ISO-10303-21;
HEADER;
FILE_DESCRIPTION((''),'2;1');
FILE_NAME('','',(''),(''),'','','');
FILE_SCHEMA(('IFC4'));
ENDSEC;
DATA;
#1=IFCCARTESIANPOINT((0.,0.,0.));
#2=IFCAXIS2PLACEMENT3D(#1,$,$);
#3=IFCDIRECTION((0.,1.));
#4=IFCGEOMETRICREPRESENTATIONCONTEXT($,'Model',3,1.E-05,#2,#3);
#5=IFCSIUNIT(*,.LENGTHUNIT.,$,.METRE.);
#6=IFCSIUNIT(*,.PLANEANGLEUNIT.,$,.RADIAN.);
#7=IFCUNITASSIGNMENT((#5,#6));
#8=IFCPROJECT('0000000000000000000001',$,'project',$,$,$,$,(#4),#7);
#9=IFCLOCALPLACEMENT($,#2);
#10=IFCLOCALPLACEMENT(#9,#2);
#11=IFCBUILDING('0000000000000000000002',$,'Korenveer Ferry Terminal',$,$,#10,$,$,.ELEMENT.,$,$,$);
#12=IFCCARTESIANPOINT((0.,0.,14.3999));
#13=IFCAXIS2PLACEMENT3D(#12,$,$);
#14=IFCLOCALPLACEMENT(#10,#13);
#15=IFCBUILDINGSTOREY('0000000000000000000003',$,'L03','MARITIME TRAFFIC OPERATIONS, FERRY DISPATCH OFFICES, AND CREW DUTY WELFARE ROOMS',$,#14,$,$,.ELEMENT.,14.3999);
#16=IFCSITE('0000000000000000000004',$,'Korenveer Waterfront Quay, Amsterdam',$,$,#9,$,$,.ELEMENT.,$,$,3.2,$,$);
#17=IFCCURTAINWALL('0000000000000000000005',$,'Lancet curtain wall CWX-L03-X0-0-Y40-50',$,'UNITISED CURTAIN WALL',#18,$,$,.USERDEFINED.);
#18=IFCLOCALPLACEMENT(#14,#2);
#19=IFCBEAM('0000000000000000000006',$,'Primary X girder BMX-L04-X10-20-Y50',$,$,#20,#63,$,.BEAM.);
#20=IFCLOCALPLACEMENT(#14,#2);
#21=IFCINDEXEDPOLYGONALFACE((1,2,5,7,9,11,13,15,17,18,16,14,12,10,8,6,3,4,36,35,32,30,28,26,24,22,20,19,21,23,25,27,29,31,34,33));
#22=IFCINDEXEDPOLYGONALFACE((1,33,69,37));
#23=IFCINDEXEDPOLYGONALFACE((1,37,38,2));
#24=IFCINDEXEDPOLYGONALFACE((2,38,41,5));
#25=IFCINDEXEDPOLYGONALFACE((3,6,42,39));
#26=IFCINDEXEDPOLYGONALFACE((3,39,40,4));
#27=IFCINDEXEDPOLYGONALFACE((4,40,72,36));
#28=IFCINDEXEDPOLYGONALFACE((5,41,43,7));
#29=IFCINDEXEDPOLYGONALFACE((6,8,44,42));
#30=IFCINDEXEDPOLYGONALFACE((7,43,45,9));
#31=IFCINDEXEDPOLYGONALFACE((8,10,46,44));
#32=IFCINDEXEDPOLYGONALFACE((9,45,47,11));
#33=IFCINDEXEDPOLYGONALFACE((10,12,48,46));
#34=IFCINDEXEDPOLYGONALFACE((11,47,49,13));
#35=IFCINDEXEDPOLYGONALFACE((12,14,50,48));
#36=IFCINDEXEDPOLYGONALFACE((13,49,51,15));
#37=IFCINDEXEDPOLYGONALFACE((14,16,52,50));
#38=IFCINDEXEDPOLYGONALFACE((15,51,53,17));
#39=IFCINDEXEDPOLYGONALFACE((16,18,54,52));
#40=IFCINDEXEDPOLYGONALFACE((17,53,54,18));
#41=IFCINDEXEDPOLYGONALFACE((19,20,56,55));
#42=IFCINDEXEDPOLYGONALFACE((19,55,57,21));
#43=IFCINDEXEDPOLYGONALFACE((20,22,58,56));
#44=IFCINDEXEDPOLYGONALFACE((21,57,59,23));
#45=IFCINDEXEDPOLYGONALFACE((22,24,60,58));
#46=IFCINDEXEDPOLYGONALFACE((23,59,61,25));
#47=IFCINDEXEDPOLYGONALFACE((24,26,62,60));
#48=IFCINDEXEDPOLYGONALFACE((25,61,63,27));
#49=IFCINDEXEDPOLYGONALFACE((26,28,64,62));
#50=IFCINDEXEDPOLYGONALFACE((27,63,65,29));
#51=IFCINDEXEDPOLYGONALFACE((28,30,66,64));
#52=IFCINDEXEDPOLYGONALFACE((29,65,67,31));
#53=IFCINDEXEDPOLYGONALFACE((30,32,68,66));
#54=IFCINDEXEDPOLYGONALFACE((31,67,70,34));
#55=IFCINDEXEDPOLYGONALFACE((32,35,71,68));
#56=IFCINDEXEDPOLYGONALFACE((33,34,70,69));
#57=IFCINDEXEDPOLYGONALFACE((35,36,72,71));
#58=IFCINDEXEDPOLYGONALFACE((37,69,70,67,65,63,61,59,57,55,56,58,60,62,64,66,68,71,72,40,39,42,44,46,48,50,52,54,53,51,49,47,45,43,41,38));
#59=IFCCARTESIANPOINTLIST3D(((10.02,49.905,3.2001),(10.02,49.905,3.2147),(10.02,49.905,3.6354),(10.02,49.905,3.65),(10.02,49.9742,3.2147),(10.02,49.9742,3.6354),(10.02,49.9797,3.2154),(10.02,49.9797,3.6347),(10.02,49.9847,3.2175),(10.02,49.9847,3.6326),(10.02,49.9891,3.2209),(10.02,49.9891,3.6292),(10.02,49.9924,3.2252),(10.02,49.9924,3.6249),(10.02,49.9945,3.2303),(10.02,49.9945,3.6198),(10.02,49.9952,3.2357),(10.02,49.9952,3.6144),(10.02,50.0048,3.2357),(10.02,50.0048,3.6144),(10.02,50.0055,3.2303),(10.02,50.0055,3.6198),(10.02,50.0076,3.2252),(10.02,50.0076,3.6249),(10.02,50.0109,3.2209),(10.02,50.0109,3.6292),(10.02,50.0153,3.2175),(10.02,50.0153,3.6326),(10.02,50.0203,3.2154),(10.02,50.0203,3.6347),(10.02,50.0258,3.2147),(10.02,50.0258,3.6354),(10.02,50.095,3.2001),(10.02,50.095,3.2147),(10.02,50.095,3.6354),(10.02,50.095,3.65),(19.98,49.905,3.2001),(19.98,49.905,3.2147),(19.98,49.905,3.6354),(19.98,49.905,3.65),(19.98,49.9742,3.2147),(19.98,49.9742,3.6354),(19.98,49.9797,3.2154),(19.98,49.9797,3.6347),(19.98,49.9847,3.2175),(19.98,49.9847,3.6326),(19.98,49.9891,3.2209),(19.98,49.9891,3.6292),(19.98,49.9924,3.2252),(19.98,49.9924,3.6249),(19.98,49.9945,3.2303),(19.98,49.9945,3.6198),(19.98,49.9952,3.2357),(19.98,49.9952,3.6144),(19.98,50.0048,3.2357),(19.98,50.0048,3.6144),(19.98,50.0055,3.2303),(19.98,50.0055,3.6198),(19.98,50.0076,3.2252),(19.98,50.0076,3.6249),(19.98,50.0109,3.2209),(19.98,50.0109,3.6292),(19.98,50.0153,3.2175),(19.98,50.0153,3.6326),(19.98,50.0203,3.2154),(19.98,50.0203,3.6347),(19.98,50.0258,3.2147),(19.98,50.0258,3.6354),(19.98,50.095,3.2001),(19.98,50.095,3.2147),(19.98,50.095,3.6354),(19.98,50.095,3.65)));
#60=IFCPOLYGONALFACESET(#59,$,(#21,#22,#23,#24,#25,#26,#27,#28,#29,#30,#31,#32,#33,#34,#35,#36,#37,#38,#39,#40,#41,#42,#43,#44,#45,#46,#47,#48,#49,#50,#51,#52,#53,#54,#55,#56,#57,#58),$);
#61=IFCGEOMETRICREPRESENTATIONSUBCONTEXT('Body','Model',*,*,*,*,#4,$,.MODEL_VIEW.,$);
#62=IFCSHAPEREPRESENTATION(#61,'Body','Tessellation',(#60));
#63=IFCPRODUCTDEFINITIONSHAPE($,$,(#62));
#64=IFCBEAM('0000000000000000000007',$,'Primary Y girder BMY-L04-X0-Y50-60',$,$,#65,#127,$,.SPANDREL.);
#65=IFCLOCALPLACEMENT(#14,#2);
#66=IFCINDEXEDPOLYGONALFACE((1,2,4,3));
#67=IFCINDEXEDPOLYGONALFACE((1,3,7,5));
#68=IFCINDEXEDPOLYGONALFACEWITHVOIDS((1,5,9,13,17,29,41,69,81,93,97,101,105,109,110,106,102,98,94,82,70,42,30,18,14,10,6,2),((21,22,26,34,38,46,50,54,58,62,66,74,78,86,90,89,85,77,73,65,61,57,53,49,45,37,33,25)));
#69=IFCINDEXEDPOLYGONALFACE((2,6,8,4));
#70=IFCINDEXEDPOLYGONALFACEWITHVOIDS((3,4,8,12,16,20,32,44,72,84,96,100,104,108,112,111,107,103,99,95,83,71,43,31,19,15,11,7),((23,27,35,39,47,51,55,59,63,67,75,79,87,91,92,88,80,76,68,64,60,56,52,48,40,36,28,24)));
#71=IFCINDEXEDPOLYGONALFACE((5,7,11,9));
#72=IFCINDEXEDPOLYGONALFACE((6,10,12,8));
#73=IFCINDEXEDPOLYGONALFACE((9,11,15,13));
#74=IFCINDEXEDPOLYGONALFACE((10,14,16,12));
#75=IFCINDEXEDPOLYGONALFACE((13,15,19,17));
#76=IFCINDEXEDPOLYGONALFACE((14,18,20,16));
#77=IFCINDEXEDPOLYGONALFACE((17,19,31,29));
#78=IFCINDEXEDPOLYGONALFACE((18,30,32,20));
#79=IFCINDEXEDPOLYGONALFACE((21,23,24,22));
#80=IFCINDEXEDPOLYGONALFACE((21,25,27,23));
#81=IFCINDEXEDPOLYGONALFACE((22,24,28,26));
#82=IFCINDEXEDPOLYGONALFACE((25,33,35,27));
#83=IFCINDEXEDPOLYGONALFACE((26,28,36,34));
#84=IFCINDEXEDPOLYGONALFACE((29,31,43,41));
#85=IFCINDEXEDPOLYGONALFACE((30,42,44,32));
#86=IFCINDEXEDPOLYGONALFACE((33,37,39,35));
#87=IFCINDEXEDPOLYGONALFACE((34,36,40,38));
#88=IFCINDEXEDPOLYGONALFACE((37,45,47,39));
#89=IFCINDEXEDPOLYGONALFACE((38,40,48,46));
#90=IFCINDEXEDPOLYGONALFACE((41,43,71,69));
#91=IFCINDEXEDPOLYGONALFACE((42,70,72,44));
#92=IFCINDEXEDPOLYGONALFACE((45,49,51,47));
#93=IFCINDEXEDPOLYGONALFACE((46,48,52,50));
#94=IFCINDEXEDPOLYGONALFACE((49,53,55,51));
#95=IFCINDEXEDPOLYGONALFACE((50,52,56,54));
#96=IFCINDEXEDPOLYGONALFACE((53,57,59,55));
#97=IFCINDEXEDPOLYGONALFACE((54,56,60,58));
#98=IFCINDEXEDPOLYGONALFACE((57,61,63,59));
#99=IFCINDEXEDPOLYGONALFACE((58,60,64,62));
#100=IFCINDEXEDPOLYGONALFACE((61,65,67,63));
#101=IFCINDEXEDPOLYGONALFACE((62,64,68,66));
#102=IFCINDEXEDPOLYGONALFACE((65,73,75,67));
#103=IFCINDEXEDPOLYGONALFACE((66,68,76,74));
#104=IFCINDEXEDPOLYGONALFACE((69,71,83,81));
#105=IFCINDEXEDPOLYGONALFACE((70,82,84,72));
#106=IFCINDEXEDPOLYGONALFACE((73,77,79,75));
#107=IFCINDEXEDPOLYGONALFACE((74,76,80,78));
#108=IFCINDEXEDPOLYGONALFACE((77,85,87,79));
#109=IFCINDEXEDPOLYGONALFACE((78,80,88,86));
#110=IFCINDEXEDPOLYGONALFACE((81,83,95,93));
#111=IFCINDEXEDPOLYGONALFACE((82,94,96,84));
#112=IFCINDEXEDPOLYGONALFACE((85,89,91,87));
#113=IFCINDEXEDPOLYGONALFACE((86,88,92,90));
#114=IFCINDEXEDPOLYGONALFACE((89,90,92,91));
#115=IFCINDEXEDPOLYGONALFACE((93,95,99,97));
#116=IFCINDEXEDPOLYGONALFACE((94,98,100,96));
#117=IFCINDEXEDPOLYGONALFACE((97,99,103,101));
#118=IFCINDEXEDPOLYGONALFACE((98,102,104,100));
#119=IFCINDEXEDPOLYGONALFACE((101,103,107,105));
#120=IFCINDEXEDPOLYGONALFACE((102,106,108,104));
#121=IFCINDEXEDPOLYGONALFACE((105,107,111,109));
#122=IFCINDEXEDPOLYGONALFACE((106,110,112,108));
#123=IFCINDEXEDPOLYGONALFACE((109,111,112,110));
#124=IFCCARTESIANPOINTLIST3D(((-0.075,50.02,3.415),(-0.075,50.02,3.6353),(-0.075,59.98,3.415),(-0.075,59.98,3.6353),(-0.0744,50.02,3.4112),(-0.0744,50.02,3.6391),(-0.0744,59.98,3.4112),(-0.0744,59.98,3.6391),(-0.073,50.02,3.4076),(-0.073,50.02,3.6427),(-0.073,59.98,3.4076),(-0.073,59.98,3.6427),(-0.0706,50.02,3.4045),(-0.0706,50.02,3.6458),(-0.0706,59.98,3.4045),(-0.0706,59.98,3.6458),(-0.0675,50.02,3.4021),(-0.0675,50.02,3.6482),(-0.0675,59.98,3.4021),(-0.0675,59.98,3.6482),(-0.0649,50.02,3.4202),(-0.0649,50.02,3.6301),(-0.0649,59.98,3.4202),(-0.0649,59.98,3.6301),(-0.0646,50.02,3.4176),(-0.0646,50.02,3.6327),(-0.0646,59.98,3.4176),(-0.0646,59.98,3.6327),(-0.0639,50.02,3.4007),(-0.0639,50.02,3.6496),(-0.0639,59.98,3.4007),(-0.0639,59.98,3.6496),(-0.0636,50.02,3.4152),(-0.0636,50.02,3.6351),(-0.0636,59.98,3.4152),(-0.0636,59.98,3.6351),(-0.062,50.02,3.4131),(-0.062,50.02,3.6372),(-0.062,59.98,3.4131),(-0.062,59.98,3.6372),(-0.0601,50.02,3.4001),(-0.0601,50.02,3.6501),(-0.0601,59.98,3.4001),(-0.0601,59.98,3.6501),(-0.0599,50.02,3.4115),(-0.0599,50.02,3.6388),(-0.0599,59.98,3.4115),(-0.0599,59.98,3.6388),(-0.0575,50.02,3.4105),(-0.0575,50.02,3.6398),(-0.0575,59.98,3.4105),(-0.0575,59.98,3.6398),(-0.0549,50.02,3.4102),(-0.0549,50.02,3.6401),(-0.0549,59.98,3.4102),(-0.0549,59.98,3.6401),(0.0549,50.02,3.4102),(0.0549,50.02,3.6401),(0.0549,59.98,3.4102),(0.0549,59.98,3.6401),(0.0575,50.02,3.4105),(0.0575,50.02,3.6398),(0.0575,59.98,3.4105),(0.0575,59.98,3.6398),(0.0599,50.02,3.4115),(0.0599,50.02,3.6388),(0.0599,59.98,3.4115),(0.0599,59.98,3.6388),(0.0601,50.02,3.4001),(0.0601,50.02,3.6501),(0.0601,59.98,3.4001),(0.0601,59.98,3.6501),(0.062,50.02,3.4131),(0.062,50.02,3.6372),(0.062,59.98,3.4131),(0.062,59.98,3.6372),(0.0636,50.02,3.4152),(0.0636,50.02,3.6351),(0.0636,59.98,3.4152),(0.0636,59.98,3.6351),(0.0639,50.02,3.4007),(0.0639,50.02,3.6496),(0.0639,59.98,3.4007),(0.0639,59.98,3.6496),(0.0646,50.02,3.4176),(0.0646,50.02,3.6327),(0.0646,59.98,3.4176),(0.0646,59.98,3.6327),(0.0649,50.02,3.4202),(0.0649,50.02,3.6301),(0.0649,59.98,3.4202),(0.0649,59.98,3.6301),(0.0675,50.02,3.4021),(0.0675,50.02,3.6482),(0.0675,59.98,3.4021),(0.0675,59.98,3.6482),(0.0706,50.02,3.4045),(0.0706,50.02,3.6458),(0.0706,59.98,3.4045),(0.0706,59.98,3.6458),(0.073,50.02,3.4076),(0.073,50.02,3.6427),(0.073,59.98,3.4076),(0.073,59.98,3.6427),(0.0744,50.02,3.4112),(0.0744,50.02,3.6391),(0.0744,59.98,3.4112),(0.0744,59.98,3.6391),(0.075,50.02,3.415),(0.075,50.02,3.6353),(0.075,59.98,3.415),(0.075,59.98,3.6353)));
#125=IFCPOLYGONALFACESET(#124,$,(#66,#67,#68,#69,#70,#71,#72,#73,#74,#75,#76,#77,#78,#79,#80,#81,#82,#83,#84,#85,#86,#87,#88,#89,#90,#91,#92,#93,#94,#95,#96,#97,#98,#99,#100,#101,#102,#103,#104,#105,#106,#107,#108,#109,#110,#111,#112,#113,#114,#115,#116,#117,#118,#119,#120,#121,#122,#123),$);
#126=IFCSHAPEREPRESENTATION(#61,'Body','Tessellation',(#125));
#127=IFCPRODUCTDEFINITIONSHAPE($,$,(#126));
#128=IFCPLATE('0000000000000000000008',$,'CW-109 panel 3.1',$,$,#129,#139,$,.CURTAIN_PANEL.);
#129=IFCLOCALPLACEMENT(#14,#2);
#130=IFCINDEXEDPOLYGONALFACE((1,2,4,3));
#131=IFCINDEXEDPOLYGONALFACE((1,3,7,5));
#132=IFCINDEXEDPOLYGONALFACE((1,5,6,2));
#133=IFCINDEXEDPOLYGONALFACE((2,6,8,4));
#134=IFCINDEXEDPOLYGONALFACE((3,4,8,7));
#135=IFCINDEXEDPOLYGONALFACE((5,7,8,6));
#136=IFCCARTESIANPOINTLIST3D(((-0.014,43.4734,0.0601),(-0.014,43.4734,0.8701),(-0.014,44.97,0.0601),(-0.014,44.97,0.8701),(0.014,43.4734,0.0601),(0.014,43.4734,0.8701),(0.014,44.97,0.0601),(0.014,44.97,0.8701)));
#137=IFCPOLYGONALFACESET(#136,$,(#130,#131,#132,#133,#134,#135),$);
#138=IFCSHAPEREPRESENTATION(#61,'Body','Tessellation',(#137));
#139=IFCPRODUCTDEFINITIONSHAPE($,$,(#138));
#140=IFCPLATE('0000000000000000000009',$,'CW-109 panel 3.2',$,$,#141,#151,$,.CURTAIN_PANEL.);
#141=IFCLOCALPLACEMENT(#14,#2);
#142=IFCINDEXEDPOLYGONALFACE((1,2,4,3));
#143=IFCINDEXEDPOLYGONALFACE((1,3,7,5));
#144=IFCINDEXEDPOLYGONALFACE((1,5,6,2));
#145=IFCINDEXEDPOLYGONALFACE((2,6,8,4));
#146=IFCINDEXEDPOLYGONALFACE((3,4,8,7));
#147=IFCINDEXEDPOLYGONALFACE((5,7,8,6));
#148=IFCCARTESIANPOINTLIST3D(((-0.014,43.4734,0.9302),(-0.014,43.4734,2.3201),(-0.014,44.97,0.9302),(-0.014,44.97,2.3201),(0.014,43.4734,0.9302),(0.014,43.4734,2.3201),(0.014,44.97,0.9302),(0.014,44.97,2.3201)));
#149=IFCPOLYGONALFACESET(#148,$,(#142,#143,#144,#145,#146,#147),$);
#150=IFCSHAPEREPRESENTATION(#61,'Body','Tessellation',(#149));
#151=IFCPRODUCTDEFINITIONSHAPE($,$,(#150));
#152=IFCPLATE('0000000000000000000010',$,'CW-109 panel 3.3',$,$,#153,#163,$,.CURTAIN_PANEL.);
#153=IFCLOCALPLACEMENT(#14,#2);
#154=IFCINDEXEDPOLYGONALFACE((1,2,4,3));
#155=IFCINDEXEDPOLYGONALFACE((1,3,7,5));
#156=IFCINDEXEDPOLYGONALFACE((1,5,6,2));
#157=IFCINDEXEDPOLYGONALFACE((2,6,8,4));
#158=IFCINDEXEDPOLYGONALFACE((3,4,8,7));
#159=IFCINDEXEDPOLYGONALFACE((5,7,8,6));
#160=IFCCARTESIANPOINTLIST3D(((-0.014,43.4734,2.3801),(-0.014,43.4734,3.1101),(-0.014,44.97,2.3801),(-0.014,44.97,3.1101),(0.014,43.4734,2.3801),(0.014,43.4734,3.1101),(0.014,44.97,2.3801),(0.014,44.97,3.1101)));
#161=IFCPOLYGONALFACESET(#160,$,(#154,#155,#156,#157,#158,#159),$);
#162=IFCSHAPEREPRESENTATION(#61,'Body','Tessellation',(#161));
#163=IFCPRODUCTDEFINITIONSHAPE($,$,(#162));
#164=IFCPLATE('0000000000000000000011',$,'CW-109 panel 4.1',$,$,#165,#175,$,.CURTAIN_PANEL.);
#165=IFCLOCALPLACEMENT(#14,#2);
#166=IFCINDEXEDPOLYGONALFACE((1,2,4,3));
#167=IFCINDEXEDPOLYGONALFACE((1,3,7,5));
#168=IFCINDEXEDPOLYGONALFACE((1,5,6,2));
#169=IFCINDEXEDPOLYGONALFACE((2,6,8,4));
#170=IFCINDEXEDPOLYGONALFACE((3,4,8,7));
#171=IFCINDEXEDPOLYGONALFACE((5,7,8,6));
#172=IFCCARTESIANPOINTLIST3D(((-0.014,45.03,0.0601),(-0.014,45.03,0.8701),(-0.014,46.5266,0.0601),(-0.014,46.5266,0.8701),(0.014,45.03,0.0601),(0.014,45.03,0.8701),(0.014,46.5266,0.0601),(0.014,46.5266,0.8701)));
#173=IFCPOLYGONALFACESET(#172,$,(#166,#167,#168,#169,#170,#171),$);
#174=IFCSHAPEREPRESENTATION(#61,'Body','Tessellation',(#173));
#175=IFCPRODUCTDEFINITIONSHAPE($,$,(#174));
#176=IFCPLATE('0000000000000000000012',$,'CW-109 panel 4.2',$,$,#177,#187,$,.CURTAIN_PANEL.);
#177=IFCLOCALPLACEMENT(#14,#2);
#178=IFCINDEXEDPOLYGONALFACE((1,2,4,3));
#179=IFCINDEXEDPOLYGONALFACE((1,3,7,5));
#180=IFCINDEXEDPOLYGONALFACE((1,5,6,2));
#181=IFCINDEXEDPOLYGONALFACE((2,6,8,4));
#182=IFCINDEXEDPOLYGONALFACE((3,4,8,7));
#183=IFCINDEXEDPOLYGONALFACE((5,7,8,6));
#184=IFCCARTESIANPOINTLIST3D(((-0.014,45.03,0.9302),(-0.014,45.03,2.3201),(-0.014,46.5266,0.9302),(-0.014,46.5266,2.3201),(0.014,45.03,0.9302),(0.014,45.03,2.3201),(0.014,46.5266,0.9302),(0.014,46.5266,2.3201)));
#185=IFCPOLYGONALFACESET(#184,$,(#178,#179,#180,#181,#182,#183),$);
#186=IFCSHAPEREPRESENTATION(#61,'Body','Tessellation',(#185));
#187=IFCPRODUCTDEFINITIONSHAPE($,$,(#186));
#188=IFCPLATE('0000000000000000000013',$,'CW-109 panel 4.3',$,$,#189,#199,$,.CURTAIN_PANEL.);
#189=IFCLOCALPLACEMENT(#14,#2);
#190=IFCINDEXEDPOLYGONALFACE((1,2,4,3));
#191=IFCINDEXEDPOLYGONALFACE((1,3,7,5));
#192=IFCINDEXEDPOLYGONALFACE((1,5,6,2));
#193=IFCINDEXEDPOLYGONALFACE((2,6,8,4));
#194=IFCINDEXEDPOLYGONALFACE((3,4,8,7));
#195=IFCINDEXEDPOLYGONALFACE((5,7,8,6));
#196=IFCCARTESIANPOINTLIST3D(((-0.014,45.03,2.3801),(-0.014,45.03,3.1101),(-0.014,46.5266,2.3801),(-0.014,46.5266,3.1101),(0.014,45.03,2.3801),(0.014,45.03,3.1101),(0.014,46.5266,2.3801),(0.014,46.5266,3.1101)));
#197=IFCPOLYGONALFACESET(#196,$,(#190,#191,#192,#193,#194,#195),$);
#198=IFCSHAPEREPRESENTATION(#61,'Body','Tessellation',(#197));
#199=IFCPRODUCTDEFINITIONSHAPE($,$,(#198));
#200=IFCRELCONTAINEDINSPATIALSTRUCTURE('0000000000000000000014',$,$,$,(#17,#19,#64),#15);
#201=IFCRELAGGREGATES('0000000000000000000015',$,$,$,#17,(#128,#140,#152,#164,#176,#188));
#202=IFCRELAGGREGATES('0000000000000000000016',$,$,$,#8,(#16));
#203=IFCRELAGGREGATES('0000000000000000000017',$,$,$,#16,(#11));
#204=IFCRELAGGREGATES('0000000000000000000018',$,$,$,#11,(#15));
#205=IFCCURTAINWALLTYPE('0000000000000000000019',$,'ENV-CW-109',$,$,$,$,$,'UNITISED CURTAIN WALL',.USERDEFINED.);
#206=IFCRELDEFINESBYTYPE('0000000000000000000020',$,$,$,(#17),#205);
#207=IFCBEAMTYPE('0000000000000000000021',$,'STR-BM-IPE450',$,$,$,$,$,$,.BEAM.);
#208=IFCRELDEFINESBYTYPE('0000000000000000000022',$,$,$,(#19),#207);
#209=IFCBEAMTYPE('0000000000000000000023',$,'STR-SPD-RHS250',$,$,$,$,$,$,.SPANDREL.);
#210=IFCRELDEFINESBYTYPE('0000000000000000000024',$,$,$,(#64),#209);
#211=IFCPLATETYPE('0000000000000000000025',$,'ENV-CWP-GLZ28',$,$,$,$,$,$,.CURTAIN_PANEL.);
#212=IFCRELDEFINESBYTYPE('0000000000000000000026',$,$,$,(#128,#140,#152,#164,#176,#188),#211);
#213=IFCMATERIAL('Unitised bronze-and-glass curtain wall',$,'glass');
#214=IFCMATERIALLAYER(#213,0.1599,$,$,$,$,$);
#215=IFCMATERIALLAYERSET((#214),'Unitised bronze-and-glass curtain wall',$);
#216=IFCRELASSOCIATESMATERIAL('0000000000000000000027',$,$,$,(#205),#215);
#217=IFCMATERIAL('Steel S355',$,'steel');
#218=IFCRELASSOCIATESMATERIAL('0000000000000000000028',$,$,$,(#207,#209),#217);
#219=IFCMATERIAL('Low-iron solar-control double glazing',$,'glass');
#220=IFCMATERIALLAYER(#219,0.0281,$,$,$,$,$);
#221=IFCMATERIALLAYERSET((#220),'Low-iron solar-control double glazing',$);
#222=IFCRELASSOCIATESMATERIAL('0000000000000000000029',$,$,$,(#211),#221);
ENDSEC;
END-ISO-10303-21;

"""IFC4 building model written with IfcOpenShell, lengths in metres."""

from ifc_helpers import new_model, si_unit, direction, frame, origin, origin_2d, place, context, subcontext, project, spatial, rectangle, hollow_rectangle, i_section, extrude, material, layer, layer_set, material_profile, profile_set, type_object, element, aggregate, save


model = new_model("IFC4")

# Units and contexts
model_context = context("Model", 3, precision=1e-05, world=origin(), true_north=direction((0.0, 1.0)))
body_context = subcontext(model_context, "Body", "Model", "MODEL_VIEW")
ifc_project = project(units=[si_unit("LENGTHUNIT", "METRE"), si_unit("PLANEANGLEUNIT", "RADIAN")], contexts=[model_context])

# Site, building, storey
site_placement = place(None, origin())
site = spatial("IfcSite", under=ifc_project, at=site_placement, Name="Korenveer Waterfront Quay, Amsterdam", CompositionType="ELEMENT", RefElevation=3.2)
building_placement = place(site_placement, origin())
building = spatial("IfcBuilding", under=site, at=building_placement, Name="Korenveer Ferry Terminal", CompositionType="ELEMENT")
storey_placement = place(building_placement, frame((0.0, 0.0, 14.3999)))
storey = spatial("IfcBuildingStorey", under=building, at=storey_placement, Name="L03", Description="MARITIME TRAFFIC OPERATIONS, FERRY DISPATCH OFFICES, AND CREW DUTY WELFARE ROOMS", CompositionType="ELEMENT", Elevation=14.3999)

# Curtain wall
ifc_material_1 = material(Name="Unitised bronze-and-glass curtain wall", Category="glass")
ifc_layer_1 = layer(ifc_material_1, 0.1599)
ifc_layer_set_1 = layer_set([ifc_layer_1], Name="Unitised bronze-and-glass curtain wall")
curtain_wall_type = type_object("IfcCurtainWallType", Name="ENV-CW-109", ElementType="UNITISED CURTAIN WALL", PredefinedType="USERDEFINED", material=ifc_layer_set_1)
curtain_wall_placement = place(storey_placement, frame((0.0, 40.3301, 0.0)))
curtain_wall = element("IfcCurtainWall", 1, at=curtain_wall_placement, inside=storey, type_object=curtain_wall_type, Name="Lancet curtain wall CWX-L03-X0-0-Y40-50", ObjectType="UNITISED CURTAIN WALL", PredefinedType="USERDEFINED")

# Beams
ifc_material_2 = material(Name="Steel S355", Category="steel")
ifc_material_profile_1 = material_profile(ifc_material_2, i_section(OverallWidth=0.1899, OverallDepth=0.45, WebThickness=0.0095, FlangeThickness=0.0146, FilletRadius=0.021, at=origin_2d()), Name="IPE 450")
ifc_profile_set_1 = profile_set([ifc_material_profile_1], Name="Steel S355")
beam_type_1 = type_object("IfcBeamType", Name="STR-BM-IPE450", PredefinedType="BEAM", material=ifc_profile_set_1)
for number, where, z_axis, x_axis, name in (
    (2, (10.02, 50.0, 3.425), (1.0, 0.0, 0.0), (0.0, 1.0, 0.0), "Primary X girder BMX-L04-X10-20-Y50"),
):
    element("IfcBeam", number, at=place(storey_placement, frame(where, z_axis=z_axis, x_axis=x_axis)), inside=storey, type_object=beam_type_1, Name=name, PredefinedType="BEAM", context=body_context, shape_type="SweptSolid", body=[
        extrude(i_section(OverallWidth=0.1899, OverallDepth=0.45, WebThickness=0.0095, FlangeThickness=0.0146, FilletRadius=0.021, at=origin_2d()), origin(), (0.0, 0.0, 1.0), 9.96),
    ])
ifc_material_profile_2 = material_profile(ifc_material_2, hollow_rectangle(XDim=0.1499, YDim=0.25, WallThickness=0.01, InnerFilletRadius=0.01, OuterFilletRadius=0.0149, at=origin_2d()), Name="RHS 250x150x10")
ifc_profile_set_2 = profile_set([ifc_material_profile_2], Name="Steel S355")
beam_type_2 = type_object("IfcBeamType", Name="STR-SPD-RHS250", PredefinedType="SPANDREL", material=ifc_profile_set_2)
beam_1_placement = place(storey_placement, frame((0.0, 50.02, 3.5251), z_axis=(0.0, 1.0, 0.0), x_axis=(-1.0, 0.0, 0.0)))
element("IfcBeam", 3, at=beam_1_placement, inside=storey, type_object=beam_type_2, Name="Primary Y girder BMY-L04-X0-Y50-60", PredefinedType="SPANDREL", context=body_context, shape_type="SweptSolid", body=[
    extrude(hollow_rectangle(XDim=0.1499, YDim=0.25, WallThickness=0.01, InnerFilletRadius=0.01, OuterFilletRadius=0.0149, at=origin_2d()), origin(), (0.0, 0.0, 1.0), 9.96),
])

# Plates
ifc_material_3 = material(Name="Low-iron solar-control double glazing", Category="glass")
ifc_layer_2 = layer(ifc_material_3, 0.0281)
ifc_layer_set_2 = layer_set([ifc_layer_2], Name="Low-iron solar-control double glazing")
plate_type = type_object("IfcPlateType", Name="ENV-CWP-GLZ28", PredefinedType="CURTAIN_PANEL", material=ifc_layer_set_2)
plate_1_placement = place(storey_placement, frame((0.0, 44.2217, 0.0601), z_axis=(0.0, 0.0, 1.0), x_axis=(0.0, 1.0, 0.0)))
plate_1 = element("IfcPlate", 4, at=plate_1_placement, type_object=plate_type, Name="CW-109 panel 3.1", PredefinedType="CURTAIN_PANEL", context=body_context, shape_type="SweptSolid", body=[
    extrude(rectangle(XDim=1.4966, YDim=0.0281, at=origin_2d()), origin(), (0.0, 0.0, 1.0), 0.8101),
])
plate_2_placement = place(storey_placement, frame((0.0, 44.2217, 0.9302), z_axis=(0.0, 0.0, 1.0), x_axis=(0.0, 1.0, 0.0)))
plate_2 = element("IfcPlate", 5, at=plate_2_placement, type_object=plate_type, Name="CW-109 panel 3.2", PredefinedType="CURTAIN_PANEL", context=body_context, shape_type="SweptSolid", body=[
    extrude(rectangle(XDim=1.4966, YDim=0.0281, at=origin_2d()), origin(), (0.0, 0.0, 1.0), 1.3899),
])
plate_3_placement = place(storey_placement, frame((0.0, 44.2217, 2.3801), z_axis=(0.0, 0.0, 1.0), x_axis=(0.0, 1.0, 0.0)))
plate_3 = element("IfcPlate", 6, at=plate_3_placement, type_object=plate_type, Name="CW-109 panel 3.3", PredefinedType="CURTAIN_PANEL", context=body_context, shape_type="SweptSolid", body=[
    extrude(rectangle(XDim=1.4966, YDim=0.0281, at=origin_2d()), origin(), (0.0, 0.0, 1.0), 0.73),
])
plate_4_placement = place(storey_placement, frame((0.0, 45.7783, 0.0601), z_axis=(0.0, 0.0, 1.0), x_axis=(0.0, 1.0, 0.0)))
plate_4 = element("IfcPlate", 7, at=plate_4_placement, type_object=plate_type, Name="CW-109 panel 4.1", PredefinedType="CURTAIN_PANEL", context=body_context, shape_type="SweptSolid", body=[
    extrude(rectangle(XDim=1.4966, YDim=0.0281, at=origin_2d()), origin(), (0.0, 0.0, 1.0), 0.8101),
])
plate_5_placement = place(storey_placement, frame((0.0, 45.7783, 0.9302), z_axis=(0.0, 0.0, 1.0), x_axis=(0.0, 1.0, 0.0)))
plate_5 = element("IfcPlate", 8, at=plate_5_placement, type_object=plate_type, Name="CW-109 panel 4.2", PredefinedType="CURTAIN_PANEL", context=body_context, shape_type="SweptSolid", body=[
    extrude(rectangle(XDim=1.4966, YDim=0.0281, at=origin_2d()), origin(), (0.0, 0.0, 1.0), 1.3899),
])
plate_6_placement = place(storey_placement, frame((0.0, 45.7783, 2.3801), z_axis=(0.0, 0.0, 1.0), x_axis=(0.0, 1.0, 0.0)))
plate_6 = element("IfcPlate", 9, at=plate_6_placement, type_object=plate_type, Name="CW-109 panel 4.3", PredefinedType="CURTAIN_PANEL", context=body_context, shape_type="SweptSolid", body=[
    extrude(rectangle(XDim=1.4966, YDim=0.0281, at=origin_2d()), origin(), (0.0, 0.0, 1.0), 0.73),
])
aggregate(curtain_wall, [plate_1, plate_2, plate_3, plate_4, plate_5, plate_6])

save(model, "model.ifc")
